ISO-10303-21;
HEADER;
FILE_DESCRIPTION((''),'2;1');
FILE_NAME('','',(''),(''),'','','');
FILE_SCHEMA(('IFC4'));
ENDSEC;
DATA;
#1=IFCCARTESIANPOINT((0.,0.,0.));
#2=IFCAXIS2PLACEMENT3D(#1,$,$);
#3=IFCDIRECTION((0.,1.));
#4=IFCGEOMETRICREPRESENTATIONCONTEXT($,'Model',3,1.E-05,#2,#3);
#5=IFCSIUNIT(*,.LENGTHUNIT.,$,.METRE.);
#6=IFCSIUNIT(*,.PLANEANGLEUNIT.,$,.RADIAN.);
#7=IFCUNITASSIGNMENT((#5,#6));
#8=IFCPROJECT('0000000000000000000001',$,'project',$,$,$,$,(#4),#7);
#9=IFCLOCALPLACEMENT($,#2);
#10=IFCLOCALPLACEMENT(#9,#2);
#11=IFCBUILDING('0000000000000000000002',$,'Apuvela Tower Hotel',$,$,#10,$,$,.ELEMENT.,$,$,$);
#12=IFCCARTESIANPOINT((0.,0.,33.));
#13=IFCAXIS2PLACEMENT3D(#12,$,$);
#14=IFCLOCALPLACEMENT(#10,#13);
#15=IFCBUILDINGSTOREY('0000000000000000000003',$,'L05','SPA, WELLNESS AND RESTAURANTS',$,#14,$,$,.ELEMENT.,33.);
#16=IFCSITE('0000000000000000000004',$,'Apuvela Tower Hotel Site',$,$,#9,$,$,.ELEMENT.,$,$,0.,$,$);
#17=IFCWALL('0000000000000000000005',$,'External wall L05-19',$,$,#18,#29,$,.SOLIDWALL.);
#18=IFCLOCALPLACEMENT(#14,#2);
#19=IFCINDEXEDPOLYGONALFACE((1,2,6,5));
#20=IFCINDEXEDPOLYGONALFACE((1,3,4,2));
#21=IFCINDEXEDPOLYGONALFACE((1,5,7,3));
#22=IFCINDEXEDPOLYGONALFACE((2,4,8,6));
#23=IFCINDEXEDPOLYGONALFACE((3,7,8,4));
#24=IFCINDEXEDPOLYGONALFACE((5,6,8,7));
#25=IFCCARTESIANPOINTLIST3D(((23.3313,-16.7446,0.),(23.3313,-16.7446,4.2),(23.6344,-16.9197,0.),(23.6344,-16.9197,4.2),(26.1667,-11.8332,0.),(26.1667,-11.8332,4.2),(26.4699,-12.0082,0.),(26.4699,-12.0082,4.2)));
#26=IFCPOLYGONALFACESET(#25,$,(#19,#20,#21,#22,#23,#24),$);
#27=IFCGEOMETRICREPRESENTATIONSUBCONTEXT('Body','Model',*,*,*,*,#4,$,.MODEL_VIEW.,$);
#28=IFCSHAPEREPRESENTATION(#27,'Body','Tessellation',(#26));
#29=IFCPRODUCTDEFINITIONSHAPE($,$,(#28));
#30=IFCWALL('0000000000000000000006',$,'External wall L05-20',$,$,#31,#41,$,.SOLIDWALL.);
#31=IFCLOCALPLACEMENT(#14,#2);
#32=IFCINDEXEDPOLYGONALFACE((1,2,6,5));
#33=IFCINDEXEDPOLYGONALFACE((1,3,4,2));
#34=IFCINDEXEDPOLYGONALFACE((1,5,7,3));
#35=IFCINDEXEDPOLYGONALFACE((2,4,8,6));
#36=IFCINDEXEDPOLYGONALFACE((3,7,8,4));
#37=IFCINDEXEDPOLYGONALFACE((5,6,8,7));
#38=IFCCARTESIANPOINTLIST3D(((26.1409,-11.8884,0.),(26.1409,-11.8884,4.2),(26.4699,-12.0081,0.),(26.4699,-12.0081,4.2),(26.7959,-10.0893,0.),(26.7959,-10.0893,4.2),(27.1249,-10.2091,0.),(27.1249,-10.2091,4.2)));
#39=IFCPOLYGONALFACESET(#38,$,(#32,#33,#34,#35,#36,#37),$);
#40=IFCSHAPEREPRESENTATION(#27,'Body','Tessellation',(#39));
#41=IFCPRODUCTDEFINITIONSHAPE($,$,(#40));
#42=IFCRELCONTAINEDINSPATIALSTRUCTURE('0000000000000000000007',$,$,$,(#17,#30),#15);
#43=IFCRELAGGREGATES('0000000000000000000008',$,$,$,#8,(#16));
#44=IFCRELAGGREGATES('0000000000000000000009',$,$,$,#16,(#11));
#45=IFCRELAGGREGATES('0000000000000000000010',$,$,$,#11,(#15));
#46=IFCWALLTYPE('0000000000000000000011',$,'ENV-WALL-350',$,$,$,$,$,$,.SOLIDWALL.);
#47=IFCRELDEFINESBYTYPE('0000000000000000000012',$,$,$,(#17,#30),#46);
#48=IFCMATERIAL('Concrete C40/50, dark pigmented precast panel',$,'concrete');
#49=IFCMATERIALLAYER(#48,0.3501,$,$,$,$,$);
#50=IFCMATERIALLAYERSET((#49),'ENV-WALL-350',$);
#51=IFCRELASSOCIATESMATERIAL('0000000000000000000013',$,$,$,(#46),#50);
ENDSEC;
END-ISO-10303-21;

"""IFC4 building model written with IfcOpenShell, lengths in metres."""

from ifc_helpers import new_model, si_unit, direction, frame, frame_2d, origin, place, context, subcontext, project, spatial, rectangle, extrude, material, layer, layer_set, type_object, element, save


model = new_model("IFC4")

# Units and contexts
model_context = context("Model", 3, precision=1e-05, world=origin(), true_north=direction((0.0, 1.0)))
body_context = subcontext(model_context, "Body", "Model", "MODEL_VIEW")
ifc_project = project(units=[si_unit("LENGTHUNIT", "METRE"), si_unit("PLANEANGLEUNIT", "RADIAN")], contexts=[model_context])

# Site, building, storey
site_placement = place(None, origin())
site = spatial("IfcSite", under=ifc_project, at=site_placement, Name="Apuvela Tower Hotel Site", CompositionType="ELEMENT", RefElevation=0.0)
building_placement = place(site_placement, origin())
building = spatial("IfcBuilding", under=site, at=building_placement, Name="Apuvela Tower Hotel", CompositionType="ELEMENT")
storey_placement = place(building_placement, frame((0.0, 0.0, 33.0)))
storey = spatial("IfcBuildingStorey", under=building, at=storey_placement, Name="L05", Description="SPA, WELLNESS AND RESTAURANTS", CompositionType="ELEMENT", Elevation=33.0)

# Walls
ifc_material_1 = material(Name="Concrete C40/50, dark pigmented precast panel", Category="concrete")
ifc_layer_1 = layer(ifc_material_1, 0.3501)
ifc_layer_set_1 = layer_set([ifc_layer_1], Name="ENV-WALL-350")
wall_type_1 = type_object("IfcWallType", Name="ENV-WALL-350", PredefinedType="SOLIDWALL", material=ifc_layer_set_1)
wall_1_placement = place(storey_placement, frame((23.4829, -16.832, 0.0), z_axis=(0.0, 0.0, 1.0), x_axis=(0.499982, 0.866036, 0.0)))
element("IfcWall", 1, at=wall_1_placement, inside=storey, type_object=wall_type_1, Name="External wall L05-19", PredefinedType="SOLIDWALL", context=body_context, shape_type="SweptSolid", body=[
    extrude(rectangle(XDim=5.6711, YDim=0.3501, at=frame_2d((2.8354, 0.0))), origin(), (0.0, 0.0, 1.0), 4.2),
])
wall_2_placement = place(storey_placement, frame((26.3054, -11.9482, 0.0), z_axis=(0.0, 0.0, 1.0), x_axis=(0.342122, 0.939656, 0.0)))
element("IfcWall", 2, at=wall_2_placement, inside=storey, type_object=wall_type_1, Name="External wall L05-20", PredefinedType="SOLIDWALL", context=body_context, shape_type="SweptSolid", body=[
    extrude(rectangle(XDim=1.9146, YDim=0.3501, at=frame_2d((0.9573, 0.0))), origin(), (0.0, 0.0, 1.0), 4.2),
])

save(model, "model.ifc")
